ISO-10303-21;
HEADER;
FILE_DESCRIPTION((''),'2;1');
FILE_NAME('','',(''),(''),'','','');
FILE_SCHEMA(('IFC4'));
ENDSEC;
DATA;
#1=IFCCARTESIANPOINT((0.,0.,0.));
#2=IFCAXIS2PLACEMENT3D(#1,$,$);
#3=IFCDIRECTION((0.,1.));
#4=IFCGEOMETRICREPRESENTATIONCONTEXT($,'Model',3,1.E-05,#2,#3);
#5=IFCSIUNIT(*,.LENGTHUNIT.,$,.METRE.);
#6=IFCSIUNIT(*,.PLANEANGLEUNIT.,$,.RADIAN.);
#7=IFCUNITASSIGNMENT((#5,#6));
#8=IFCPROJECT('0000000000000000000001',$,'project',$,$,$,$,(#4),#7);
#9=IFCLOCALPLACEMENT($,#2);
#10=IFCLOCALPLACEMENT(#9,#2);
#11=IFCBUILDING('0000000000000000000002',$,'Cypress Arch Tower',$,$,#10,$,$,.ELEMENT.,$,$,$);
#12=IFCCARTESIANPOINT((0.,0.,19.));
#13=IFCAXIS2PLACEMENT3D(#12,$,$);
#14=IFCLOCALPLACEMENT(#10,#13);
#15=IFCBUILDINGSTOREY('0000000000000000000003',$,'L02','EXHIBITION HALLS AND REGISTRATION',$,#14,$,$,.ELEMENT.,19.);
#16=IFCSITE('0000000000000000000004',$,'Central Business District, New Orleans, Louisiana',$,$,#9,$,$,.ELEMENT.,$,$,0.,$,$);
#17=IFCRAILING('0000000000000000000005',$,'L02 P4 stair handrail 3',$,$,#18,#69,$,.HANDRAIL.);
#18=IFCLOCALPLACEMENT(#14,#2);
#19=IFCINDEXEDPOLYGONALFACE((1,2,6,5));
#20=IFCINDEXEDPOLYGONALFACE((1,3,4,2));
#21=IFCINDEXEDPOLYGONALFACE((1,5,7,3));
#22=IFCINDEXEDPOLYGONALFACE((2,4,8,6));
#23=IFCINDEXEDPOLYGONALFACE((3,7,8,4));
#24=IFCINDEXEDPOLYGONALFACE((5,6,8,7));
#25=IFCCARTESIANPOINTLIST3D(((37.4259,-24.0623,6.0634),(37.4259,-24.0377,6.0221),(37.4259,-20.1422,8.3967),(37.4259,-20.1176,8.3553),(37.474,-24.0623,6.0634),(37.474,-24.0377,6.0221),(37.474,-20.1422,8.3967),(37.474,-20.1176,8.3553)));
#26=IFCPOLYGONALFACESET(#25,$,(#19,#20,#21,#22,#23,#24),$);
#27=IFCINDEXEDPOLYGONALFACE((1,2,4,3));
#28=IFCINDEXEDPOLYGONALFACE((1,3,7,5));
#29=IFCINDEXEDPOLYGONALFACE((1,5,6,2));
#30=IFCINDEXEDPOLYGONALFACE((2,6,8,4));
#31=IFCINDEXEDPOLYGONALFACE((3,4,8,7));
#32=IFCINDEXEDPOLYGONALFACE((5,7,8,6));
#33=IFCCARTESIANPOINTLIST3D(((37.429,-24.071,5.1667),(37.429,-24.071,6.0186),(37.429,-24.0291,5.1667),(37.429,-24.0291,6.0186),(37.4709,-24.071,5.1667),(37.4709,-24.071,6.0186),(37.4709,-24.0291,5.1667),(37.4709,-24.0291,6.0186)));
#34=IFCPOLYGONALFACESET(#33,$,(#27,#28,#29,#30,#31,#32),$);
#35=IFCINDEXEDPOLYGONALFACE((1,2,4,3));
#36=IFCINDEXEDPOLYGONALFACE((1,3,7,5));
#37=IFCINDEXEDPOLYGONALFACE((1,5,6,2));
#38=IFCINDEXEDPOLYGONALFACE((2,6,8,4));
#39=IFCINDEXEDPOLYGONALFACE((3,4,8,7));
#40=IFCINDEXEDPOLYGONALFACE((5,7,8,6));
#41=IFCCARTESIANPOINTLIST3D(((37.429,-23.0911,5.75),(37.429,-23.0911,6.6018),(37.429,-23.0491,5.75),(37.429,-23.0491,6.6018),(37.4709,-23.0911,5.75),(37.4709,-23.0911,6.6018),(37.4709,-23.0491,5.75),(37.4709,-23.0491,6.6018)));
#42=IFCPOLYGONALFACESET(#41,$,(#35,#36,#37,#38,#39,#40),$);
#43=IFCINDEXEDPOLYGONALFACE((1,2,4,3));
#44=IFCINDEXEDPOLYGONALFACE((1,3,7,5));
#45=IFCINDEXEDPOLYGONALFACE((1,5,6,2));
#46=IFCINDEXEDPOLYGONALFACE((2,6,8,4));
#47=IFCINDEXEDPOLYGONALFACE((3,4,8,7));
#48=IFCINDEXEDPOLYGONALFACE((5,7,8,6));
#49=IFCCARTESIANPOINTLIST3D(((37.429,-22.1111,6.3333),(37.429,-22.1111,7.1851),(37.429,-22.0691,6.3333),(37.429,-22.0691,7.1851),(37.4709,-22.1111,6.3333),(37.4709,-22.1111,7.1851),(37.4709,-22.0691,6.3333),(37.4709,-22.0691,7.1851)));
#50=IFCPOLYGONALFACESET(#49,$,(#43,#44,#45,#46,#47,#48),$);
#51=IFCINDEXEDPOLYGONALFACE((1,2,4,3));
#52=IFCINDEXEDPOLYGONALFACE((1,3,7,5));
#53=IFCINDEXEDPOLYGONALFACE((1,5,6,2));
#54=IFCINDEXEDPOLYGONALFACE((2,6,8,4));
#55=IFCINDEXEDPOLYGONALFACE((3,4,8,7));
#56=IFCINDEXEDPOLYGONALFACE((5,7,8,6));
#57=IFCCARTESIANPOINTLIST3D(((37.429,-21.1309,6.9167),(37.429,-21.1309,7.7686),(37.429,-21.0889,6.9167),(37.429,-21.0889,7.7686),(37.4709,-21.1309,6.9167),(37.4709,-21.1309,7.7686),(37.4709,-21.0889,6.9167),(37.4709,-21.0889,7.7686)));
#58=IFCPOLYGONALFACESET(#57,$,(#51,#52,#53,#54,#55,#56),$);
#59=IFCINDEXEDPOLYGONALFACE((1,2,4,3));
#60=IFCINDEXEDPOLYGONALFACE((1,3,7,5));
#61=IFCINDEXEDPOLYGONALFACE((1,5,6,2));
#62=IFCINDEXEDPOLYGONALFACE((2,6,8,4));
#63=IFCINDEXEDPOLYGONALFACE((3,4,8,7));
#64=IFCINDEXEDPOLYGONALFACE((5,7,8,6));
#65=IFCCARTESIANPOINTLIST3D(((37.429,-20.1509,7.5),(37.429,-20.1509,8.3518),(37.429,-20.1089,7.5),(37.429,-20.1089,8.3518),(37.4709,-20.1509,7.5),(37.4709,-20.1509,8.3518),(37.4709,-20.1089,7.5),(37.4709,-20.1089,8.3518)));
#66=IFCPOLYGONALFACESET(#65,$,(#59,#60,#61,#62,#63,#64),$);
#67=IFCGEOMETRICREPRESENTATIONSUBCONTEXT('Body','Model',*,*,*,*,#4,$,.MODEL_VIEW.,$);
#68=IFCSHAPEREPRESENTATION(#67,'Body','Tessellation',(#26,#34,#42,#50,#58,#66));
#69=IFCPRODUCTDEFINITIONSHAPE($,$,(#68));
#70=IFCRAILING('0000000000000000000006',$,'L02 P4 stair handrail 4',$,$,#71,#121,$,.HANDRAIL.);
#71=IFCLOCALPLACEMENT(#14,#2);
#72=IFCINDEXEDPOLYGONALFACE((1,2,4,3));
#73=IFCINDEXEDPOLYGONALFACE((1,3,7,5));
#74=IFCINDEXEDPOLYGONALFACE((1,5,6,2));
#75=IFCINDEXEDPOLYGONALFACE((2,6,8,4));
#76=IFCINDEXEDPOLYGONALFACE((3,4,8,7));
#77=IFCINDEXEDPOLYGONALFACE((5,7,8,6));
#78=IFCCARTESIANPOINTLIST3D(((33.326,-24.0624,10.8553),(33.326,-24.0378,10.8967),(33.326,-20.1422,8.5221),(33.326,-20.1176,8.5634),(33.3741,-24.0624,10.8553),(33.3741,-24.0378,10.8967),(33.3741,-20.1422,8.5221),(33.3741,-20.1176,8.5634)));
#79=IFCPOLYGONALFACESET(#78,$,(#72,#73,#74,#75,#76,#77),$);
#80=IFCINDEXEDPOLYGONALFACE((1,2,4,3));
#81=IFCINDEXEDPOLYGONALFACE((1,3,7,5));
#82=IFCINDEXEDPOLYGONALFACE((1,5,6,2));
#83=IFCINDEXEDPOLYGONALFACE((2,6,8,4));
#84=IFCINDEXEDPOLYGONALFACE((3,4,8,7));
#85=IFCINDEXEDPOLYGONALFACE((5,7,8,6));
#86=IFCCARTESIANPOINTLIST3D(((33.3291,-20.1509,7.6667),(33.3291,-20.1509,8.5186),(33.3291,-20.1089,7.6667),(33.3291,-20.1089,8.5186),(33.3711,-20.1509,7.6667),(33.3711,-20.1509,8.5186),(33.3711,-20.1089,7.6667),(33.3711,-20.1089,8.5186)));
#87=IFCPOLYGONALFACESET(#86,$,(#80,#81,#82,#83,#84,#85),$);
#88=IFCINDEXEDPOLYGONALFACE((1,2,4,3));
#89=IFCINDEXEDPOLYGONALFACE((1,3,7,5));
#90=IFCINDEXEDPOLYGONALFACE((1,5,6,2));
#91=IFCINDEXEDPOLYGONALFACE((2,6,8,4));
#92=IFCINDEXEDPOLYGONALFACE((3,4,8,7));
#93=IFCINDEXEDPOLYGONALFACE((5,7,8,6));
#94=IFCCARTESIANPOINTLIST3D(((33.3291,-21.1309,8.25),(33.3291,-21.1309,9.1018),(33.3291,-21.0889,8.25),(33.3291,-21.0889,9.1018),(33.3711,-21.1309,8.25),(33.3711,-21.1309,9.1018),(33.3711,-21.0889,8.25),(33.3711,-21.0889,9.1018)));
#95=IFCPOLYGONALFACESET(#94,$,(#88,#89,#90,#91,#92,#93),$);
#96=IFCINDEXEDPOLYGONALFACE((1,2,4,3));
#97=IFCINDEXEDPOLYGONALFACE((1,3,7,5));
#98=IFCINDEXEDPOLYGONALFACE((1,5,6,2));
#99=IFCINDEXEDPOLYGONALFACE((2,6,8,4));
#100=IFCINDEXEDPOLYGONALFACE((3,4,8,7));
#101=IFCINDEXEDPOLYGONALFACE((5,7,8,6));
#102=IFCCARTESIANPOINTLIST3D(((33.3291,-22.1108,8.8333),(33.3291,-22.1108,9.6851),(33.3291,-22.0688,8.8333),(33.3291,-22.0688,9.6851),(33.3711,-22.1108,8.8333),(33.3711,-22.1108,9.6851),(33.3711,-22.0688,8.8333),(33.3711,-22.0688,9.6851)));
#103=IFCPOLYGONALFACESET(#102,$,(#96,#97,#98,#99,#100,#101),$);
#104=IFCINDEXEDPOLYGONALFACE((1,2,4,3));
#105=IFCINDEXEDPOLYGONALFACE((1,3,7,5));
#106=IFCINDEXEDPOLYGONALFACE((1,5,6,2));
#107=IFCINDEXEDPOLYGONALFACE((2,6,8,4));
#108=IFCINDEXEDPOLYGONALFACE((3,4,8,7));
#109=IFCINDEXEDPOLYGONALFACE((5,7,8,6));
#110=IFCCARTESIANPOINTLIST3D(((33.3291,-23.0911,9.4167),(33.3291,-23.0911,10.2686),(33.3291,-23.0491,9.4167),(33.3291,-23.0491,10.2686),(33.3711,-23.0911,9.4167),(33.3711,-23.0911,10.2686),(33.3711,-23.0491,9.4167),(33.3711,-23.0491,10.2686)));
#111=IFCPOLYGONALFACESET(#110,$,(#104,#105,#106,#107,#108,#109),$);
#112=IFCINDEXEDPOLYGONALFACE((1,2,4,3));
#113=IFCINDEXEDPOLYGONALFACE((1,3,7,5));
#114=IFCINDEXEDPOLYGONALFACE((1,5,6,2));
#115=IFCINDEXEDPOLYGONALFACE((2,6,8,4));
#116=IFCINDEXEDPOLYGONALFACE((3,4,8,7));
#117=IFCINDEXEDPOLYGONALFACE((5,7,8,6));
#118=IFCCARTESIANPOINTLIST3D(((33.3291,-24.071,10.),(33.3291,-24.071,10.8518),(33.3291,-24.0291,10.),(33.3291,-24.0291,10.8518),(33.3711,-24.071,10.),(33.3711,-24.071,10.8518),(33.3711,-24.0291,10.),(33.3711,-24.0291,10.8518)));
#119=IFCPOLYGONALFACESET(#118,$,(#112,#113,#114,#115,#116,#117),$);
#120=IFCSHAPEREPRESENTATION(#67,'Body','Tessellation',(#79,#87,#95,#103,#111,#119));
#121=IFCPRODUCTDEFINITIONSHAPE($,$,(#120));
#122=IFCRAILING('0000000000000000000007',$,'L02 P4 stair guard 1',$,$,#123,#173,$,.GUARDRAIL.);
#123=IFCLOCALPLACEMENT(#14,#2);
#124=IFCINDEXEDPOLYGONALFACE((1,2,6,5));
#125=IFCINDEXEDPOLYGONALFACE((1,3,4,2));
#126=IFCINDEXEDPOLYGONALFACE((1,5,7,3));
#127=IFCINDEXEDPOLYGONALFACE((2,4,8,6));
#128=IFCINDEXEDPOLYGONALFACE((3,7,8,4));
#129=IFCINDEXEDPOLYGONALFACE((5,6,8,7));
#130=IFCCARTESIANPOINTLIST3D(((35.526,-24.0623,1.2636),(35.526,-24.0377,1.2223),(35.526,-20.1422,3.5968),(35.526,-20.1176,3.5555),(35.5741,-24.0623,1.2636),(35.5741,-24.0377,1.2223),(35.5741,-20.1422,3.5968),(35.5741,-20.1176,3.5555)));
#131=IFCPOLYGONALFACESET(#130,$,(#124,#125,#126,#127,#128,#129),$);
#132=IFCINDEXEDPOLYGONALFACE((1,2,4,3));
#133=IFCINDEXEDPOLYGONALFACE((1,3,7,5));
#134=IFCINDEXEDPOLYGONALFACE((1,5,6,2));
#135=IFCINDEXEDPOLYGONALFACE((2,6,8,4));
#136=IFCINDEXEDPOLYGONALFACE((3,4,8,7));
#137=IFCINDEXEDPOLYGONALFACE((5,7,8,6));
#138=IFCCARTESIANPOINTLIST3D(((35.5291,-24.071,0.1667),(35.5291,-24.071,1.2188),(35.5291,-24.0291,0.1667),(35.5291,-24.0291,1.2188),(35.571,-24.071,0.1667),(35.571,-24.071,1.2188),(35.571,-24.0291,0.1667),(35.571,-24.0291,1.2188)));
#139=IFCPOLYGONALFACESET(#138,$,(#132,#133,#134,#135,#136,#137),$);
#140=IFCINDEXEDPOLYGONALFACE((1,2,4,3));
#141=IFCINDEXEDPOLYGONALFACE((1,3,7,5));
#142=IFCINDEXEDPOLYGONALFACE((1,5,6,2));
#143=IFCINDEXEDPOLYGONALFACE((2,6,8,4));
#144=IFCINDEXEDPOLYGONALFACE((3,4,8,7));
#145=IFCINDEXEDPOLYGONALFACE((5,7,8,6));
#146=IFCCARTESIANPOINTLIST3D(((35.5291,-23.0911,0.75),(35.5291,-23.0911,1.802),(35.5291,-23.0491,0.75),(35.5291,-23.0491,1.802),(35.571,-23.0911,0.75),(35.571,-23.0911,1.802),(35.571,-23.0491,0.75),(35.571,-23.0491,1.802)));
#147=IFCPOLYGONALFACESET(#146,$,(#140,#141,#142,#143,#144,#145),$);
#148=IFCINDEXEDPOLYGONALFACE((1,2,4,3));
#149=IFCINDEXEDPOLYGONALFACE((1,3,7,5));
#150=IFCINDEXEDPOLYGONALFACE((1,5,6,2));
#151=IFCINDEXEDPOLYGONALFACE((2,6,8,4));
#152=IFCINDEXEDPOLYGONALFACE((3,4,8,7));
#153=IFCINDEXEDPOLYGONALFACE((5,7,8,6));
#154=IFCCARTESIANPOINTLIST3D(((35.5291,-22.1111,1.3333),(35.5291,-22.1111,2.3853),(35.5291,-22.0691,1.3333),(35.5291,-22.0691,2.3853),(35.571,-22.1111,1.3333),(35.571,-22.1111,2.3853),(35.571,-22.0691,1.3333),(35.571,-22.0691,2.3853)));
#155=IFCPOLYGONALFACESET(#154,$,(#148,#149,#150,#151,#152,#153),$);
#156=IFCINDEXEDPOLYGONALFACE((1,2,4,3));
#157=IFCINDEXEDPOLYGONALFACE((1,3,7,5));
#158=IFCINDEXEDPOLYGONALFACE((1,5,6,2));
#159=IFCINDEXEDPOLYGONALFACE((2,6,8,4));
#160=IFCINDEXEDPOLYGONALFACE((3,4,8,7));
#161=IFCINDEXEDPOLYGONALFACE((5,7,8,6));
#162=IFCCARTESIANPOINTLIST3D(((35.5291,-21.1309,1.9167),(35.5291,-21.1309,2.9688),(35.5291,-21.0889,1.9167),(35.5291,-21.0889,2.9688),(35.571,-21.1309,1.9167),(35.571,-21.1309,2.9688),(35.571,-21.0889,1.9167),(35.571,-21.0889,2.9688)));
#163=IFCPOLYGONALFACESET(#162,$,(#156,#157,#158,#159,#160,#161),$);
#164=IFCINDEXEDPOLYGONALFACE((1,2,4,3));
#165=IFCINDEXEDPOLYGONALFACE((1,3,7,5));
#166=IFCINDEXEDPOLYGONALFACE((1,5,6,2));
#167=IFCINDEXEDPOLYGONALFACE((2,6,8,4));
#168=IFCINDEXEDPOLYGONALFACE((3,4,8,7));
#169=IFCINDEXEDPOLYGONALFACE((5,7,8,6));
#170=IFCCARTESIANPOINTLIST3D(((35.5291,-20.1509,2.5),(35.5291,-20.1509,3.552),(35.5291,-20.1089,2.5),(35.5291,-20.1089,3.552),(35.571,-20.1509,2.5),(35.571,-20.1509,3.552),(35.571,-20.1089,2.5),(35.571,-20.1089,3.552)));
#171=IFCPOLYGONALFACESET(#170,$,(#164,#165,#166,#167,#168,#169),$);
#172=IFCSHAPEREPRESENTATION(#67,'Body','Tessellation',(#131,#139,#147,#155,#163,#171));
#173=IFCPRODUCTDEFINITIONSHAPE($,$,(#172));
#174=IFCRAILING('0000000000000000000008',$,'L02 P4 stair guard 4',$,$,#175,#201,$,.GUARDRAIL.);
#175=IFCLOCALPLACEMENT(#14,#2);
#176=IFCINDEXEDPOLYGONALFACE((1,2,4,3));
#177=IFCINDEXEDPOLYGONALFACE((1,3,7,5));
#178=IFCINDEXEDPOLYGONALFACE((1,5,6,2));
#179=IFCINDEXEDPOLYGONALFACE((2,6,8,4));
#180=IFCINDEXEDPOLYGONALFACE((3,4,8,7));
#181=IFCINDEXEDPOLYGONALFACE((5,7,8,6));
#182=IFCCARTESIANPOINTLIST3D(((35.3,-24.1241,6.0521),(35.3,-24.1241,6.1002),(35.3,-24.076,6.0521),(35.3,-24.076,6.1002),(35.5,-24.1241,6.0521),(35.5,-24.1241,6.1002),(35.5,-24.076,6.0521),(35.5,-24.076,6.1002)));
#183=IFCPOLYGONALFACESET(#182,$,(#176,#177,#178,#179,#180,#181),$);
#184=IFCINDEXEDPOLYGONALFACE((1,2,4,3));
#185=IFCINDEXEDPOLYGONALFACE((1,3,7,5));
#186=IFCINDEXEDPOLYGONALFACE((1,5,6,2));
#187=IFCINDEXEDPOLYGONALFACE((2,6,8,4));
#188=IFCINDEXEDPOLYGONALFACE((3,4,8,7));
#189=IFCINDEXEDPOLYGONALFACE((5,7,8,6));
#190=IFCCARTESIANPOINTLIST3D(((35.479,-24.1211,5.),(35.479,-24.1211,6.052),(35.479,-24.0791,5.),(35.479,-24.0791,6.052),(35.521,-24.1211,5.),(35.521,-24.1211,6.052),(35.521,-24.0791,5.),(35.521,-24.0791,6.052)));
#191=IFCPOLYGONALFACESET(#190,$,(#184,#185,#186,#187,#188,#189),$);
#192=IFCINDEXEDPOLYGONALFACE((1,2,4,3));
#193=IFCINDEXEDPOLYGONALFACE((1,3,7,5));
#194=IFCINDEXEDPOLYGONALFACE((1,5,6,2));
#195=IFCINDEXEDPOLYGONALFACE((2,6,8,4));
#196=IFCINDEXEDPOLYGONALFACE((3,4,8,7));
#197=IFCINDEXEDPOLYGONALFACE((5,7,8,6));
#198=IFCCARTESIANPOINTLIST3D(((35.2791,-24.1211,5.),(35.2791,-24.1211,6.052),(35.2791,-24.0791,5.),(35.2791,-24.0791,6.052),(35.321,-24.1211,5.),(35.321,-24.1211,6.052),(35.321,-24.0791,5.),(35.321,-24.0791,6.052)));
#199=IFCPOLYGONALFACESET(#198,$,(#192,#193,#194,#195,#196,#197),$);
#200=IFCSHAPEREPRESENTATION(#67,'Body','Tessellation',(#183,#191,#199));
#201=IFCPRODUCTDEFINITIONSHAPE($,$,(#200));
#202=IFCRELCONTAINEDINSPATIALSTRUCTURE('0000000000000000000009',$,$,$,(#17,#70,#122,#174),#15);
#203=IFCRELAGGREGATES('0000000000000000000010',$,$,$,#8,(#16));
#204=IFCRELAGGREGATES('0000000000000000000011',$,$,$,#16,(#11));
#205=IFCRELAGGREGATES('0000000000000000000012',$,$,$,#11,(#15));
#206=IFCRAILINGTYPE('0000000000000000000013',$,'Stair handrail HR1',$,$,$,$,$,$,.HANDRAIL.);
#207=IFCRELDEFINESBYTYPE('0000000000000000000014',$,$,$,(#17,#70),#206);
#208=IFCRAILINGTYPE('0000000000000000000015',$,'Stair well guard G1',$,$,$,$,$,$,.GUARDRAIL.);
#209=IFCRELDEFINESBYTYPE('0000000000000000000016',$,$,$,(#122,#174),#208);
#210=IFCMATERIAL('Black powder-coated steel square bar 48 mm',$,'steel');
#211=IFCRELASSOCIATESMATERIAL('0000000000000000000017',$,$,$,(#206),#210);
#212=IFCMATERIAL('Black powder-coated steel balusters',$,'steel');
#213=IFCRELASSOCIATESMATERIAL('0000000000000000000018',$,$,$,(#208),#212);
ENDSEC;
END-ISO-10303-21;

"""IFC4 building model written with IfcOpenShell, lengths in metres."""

from ifc_helpers import new_model, si_unit, direction, frame, origin, origin_2d, place, context, subcontext, project, spatial, rectangle, extrude, material, type_object, element, save


model = new_model("IFC4")

# Units and contexts
model_context = context("Model", 3, precision=1e-05, world=origin(), true_north=direction((0.0, 1.0)))
body_context = subcontext(model_context, "Body", "Model", "MODEL_VIEW")
ifc_project = project(units=[si_unit("LENGTHUNIT", "METRE"), si_unit("PLANEANGLEUNIT", "RADIAN")], contexts=[model_context])

# Site, building, storey
site_placement = place(None, origin())
site = spatial("IfcSite", under=ifc_project, at=site_placement, Name="Central Business District, New Orleans, Louisiana", CompositionType="ELEMENT", RefElevation=0.0)
building_placement = place(site_placement, origin())
building = spatial("IfcBuilding", under=site, at=building_placement, Name="Cypress Arch Tower", CompositionType="ELEMENT")
storey_placement = place(building_placement, frame((0.0, 0.0, 19.0)))
storey = spatial("IfcBuildingStorey", under=building, at=storey_placement, Name="L02", Description="EXHIBITION HALLS AND REGISTRATION", CompositionType="ELEMENT", Elevation=19.0)

# Railings
ifc_material_1 = material(Name="Black powder-coated steel square bar 48 mm", Category="steel")
railing_type_1 = type_object("IfcRailingType", Name="Stair handrail HR1", PredefinedType="HANDRAIL", material=ifc_material_1)
railing_1_placement = place(storey_placement, frame((37.45, -24.05, 5.1667)))
element("IfcRailing", 1, at=railing_1_placement, inside=storey, type_object=railing_type_1, Name="L02 P4 stair handrail 3", PredefinedType="HANDRAIL", context=body_context, shape_type="SweptSolid", body=[
    extrude(rectangle(XDim=0.0481, YDim=0.0481, at=origin_2d()), frame((0.0, 0.0, 0.876), z_axis=(0.0, 0.85931, 0.511455), x_axis=(-1.0, 0.0, 0.0)), (0.0, 0.0, 1.0), 4.562),
    extrude(rectangle(XDim=0.042, YDim=0.042, at=origin_2d()), origin(), (0.0, 0.0, 1.0), 0.8518),
    extrude(rectangle(XDim=0.042, YDim=0.042, at=origin_2d()), frame((0.0, 0.98, 0.5833)), (0.0, 0.0, 1.0), 0.8518),
    extrude(rectangle(XDim=0.042, YDim=0.042, at=origin_2d()), frame((0.0, 1.96, 1.1665)), (0.0, 0.0, 1.0), 0.8518),
    extrude(rectangle(XDim=0.042, YDim=0.042, at=origin_2d()), frame((0.0, 2.9402, 1.75)), (0.0, 0.0, 1.0), 0.8518),
    extrude(rectangle(XDim=0.042, YDim=0.042, at=origin_2d()), frame((0.0, 3.9202, 2.3333)), (0.0, 0.0, 1.0), 0.8518),
])
railing_2_placement = place(storey_placement, frame((33.3501, -20.1299, 7.6667)))
element("IfcRailing", 2, at=railing_2_placement, inside=storey, type_object=railing_type_1, Name="L02 P4 stair handrail 4", PredefinedType="HANDRAIL", context=body_context, shape_type="SweptSolid", body=[
    extrude(rectangle(XDim=0.0481, YDim=0.0481, at=origin_2d()), frame((0.0, 0.0, 0.876), z_axis=(0.0, -0.85931, 0.511455), x_axis=(1.0, 0.0, 0.0)), (0.0, 0.0, 1.0), 4.562),
    extrude(rectangle(XDim=0.042, YDim=0.042, at=origin_2d()), origin(), (0.0, 0.0, 1.0), 0.8518),
    extrude(rectangle(XDim=0.042, YDim=0.042, at=origin_2d()), frame((0.0, -0.98, 0.5833)), (0.0, 0.0, 1.0), 0.8518),
    extrude(rectangle(XDim=0.042, YDim=0.042, at=origin_2d()), frame((0.0, -1.96, 1.1665)), (0.0, 0.0, 1.0), 0.8518),
    extrude(rectangle(XDim=0.042, YDim=0.042, at=origin_2d()), frame((0.0, -2.9402, 1.75)), (0.0, 0.0, 1.0), 0.8518),
    extrude(rectangle(XDim=0.042, YDim=0.042, at=origin_2d()), frame((0.0, -3.9202, 2.3333)), (0.0, 0.0, 1.0), 0.8518),
])
ifc_material_2 = material(Name="Black powder-coated steel balusters", Category="steel")
railing_type_2 = type_object("IfcRailingType", Name="Stair well guard G1", PredefinedType="GUARDRAIL", material=ifc_material_2)
railing_3_placement = place(storey_placement, frame((35.55, -24.05, 0.1667)))
element("IfcRailing", 3, at=railing_3_placement, inside=storey, type_object=railing_type_2, Name="L02 P4 stair guard 1", PredefinedType="GUARDRAIL", context=body_context, shape_type="SweptSolid", body=[
    extrude(rectangle(XDim=0.0481, YDim=0.0481, at=origin_2d()), frame((0.0, 0.0, 1.0762), z_axis=(0.0, 0.85931, 0.511455), x_axis=(-1.0, 0.0, 0.0)), (0.0, 0.0, 1.0), 4.562),
    extrude(rectangle(XDim=0.042, YDim=0.042, at=origin_2d()), origin(), (0.0, 0.0, 1.0), 1.052),
    extrude(rectangle(XDim=0.042, YDim=0.042, at=origin_2d()), frame((0.0, 0.98, 0.5833)), (0.0, 0.0, 1.0), 1.052),
    extrude(rectangle(XDim=0.042, YDim=0.042, at=origin_2d()), frame((0.0, 1.96, 1.1665)), (0.0, 0.0, 1.0), 1.052),
    extrude(rectangle(XDim=0.042, YDim=0.042, at=origin_2d()), frame((0.0, 2.9402, 1.75)), (0.0, 0.0, 1.0), 1.052),
    extrude(rectangle(XDim=0.042, YDim=0.042, at=origin_2d()), frame((0.0, 3.9202, 2.3333)), (0.0, 0.0, 1.0), 1.052),
])
railing_4_placement = place(storey_placement, frame((35.5, -24.1001, 5.0)))
element("IfcRailing", 4, at=railing_4_placement, inside=storey, type_object=railing_type_2, Name="L02 P4 stair guard 4", PredefinedType="GUARDRAIL", context=body_context, shape_type="SweptSolid", body=[
    extrude(rectangle(XDim=0.0481, YDim=0.0481, at=origin_2d()), frame((0.0, 0.0, 1.0762), z_axis=(-1.0, 0.0, 0.0), x_axis=(0.0, -1.0, 0.0)), (0.0, 0.0, 1.0), 0.2),
    extrude(rectangle(XDim=0.042, YDim=0.042, at=origin_2d()), origin(), (0.0, 0.0, 1.0), 1.052),
    extrude(rectangle(XDim=0.042, YDim=0.042, at=origin_2d()), frame((-0.2, 0.0, 0.0)), (0.0, 0.0, 1.0), 1.052),
])

save(model, "model.ifc")
